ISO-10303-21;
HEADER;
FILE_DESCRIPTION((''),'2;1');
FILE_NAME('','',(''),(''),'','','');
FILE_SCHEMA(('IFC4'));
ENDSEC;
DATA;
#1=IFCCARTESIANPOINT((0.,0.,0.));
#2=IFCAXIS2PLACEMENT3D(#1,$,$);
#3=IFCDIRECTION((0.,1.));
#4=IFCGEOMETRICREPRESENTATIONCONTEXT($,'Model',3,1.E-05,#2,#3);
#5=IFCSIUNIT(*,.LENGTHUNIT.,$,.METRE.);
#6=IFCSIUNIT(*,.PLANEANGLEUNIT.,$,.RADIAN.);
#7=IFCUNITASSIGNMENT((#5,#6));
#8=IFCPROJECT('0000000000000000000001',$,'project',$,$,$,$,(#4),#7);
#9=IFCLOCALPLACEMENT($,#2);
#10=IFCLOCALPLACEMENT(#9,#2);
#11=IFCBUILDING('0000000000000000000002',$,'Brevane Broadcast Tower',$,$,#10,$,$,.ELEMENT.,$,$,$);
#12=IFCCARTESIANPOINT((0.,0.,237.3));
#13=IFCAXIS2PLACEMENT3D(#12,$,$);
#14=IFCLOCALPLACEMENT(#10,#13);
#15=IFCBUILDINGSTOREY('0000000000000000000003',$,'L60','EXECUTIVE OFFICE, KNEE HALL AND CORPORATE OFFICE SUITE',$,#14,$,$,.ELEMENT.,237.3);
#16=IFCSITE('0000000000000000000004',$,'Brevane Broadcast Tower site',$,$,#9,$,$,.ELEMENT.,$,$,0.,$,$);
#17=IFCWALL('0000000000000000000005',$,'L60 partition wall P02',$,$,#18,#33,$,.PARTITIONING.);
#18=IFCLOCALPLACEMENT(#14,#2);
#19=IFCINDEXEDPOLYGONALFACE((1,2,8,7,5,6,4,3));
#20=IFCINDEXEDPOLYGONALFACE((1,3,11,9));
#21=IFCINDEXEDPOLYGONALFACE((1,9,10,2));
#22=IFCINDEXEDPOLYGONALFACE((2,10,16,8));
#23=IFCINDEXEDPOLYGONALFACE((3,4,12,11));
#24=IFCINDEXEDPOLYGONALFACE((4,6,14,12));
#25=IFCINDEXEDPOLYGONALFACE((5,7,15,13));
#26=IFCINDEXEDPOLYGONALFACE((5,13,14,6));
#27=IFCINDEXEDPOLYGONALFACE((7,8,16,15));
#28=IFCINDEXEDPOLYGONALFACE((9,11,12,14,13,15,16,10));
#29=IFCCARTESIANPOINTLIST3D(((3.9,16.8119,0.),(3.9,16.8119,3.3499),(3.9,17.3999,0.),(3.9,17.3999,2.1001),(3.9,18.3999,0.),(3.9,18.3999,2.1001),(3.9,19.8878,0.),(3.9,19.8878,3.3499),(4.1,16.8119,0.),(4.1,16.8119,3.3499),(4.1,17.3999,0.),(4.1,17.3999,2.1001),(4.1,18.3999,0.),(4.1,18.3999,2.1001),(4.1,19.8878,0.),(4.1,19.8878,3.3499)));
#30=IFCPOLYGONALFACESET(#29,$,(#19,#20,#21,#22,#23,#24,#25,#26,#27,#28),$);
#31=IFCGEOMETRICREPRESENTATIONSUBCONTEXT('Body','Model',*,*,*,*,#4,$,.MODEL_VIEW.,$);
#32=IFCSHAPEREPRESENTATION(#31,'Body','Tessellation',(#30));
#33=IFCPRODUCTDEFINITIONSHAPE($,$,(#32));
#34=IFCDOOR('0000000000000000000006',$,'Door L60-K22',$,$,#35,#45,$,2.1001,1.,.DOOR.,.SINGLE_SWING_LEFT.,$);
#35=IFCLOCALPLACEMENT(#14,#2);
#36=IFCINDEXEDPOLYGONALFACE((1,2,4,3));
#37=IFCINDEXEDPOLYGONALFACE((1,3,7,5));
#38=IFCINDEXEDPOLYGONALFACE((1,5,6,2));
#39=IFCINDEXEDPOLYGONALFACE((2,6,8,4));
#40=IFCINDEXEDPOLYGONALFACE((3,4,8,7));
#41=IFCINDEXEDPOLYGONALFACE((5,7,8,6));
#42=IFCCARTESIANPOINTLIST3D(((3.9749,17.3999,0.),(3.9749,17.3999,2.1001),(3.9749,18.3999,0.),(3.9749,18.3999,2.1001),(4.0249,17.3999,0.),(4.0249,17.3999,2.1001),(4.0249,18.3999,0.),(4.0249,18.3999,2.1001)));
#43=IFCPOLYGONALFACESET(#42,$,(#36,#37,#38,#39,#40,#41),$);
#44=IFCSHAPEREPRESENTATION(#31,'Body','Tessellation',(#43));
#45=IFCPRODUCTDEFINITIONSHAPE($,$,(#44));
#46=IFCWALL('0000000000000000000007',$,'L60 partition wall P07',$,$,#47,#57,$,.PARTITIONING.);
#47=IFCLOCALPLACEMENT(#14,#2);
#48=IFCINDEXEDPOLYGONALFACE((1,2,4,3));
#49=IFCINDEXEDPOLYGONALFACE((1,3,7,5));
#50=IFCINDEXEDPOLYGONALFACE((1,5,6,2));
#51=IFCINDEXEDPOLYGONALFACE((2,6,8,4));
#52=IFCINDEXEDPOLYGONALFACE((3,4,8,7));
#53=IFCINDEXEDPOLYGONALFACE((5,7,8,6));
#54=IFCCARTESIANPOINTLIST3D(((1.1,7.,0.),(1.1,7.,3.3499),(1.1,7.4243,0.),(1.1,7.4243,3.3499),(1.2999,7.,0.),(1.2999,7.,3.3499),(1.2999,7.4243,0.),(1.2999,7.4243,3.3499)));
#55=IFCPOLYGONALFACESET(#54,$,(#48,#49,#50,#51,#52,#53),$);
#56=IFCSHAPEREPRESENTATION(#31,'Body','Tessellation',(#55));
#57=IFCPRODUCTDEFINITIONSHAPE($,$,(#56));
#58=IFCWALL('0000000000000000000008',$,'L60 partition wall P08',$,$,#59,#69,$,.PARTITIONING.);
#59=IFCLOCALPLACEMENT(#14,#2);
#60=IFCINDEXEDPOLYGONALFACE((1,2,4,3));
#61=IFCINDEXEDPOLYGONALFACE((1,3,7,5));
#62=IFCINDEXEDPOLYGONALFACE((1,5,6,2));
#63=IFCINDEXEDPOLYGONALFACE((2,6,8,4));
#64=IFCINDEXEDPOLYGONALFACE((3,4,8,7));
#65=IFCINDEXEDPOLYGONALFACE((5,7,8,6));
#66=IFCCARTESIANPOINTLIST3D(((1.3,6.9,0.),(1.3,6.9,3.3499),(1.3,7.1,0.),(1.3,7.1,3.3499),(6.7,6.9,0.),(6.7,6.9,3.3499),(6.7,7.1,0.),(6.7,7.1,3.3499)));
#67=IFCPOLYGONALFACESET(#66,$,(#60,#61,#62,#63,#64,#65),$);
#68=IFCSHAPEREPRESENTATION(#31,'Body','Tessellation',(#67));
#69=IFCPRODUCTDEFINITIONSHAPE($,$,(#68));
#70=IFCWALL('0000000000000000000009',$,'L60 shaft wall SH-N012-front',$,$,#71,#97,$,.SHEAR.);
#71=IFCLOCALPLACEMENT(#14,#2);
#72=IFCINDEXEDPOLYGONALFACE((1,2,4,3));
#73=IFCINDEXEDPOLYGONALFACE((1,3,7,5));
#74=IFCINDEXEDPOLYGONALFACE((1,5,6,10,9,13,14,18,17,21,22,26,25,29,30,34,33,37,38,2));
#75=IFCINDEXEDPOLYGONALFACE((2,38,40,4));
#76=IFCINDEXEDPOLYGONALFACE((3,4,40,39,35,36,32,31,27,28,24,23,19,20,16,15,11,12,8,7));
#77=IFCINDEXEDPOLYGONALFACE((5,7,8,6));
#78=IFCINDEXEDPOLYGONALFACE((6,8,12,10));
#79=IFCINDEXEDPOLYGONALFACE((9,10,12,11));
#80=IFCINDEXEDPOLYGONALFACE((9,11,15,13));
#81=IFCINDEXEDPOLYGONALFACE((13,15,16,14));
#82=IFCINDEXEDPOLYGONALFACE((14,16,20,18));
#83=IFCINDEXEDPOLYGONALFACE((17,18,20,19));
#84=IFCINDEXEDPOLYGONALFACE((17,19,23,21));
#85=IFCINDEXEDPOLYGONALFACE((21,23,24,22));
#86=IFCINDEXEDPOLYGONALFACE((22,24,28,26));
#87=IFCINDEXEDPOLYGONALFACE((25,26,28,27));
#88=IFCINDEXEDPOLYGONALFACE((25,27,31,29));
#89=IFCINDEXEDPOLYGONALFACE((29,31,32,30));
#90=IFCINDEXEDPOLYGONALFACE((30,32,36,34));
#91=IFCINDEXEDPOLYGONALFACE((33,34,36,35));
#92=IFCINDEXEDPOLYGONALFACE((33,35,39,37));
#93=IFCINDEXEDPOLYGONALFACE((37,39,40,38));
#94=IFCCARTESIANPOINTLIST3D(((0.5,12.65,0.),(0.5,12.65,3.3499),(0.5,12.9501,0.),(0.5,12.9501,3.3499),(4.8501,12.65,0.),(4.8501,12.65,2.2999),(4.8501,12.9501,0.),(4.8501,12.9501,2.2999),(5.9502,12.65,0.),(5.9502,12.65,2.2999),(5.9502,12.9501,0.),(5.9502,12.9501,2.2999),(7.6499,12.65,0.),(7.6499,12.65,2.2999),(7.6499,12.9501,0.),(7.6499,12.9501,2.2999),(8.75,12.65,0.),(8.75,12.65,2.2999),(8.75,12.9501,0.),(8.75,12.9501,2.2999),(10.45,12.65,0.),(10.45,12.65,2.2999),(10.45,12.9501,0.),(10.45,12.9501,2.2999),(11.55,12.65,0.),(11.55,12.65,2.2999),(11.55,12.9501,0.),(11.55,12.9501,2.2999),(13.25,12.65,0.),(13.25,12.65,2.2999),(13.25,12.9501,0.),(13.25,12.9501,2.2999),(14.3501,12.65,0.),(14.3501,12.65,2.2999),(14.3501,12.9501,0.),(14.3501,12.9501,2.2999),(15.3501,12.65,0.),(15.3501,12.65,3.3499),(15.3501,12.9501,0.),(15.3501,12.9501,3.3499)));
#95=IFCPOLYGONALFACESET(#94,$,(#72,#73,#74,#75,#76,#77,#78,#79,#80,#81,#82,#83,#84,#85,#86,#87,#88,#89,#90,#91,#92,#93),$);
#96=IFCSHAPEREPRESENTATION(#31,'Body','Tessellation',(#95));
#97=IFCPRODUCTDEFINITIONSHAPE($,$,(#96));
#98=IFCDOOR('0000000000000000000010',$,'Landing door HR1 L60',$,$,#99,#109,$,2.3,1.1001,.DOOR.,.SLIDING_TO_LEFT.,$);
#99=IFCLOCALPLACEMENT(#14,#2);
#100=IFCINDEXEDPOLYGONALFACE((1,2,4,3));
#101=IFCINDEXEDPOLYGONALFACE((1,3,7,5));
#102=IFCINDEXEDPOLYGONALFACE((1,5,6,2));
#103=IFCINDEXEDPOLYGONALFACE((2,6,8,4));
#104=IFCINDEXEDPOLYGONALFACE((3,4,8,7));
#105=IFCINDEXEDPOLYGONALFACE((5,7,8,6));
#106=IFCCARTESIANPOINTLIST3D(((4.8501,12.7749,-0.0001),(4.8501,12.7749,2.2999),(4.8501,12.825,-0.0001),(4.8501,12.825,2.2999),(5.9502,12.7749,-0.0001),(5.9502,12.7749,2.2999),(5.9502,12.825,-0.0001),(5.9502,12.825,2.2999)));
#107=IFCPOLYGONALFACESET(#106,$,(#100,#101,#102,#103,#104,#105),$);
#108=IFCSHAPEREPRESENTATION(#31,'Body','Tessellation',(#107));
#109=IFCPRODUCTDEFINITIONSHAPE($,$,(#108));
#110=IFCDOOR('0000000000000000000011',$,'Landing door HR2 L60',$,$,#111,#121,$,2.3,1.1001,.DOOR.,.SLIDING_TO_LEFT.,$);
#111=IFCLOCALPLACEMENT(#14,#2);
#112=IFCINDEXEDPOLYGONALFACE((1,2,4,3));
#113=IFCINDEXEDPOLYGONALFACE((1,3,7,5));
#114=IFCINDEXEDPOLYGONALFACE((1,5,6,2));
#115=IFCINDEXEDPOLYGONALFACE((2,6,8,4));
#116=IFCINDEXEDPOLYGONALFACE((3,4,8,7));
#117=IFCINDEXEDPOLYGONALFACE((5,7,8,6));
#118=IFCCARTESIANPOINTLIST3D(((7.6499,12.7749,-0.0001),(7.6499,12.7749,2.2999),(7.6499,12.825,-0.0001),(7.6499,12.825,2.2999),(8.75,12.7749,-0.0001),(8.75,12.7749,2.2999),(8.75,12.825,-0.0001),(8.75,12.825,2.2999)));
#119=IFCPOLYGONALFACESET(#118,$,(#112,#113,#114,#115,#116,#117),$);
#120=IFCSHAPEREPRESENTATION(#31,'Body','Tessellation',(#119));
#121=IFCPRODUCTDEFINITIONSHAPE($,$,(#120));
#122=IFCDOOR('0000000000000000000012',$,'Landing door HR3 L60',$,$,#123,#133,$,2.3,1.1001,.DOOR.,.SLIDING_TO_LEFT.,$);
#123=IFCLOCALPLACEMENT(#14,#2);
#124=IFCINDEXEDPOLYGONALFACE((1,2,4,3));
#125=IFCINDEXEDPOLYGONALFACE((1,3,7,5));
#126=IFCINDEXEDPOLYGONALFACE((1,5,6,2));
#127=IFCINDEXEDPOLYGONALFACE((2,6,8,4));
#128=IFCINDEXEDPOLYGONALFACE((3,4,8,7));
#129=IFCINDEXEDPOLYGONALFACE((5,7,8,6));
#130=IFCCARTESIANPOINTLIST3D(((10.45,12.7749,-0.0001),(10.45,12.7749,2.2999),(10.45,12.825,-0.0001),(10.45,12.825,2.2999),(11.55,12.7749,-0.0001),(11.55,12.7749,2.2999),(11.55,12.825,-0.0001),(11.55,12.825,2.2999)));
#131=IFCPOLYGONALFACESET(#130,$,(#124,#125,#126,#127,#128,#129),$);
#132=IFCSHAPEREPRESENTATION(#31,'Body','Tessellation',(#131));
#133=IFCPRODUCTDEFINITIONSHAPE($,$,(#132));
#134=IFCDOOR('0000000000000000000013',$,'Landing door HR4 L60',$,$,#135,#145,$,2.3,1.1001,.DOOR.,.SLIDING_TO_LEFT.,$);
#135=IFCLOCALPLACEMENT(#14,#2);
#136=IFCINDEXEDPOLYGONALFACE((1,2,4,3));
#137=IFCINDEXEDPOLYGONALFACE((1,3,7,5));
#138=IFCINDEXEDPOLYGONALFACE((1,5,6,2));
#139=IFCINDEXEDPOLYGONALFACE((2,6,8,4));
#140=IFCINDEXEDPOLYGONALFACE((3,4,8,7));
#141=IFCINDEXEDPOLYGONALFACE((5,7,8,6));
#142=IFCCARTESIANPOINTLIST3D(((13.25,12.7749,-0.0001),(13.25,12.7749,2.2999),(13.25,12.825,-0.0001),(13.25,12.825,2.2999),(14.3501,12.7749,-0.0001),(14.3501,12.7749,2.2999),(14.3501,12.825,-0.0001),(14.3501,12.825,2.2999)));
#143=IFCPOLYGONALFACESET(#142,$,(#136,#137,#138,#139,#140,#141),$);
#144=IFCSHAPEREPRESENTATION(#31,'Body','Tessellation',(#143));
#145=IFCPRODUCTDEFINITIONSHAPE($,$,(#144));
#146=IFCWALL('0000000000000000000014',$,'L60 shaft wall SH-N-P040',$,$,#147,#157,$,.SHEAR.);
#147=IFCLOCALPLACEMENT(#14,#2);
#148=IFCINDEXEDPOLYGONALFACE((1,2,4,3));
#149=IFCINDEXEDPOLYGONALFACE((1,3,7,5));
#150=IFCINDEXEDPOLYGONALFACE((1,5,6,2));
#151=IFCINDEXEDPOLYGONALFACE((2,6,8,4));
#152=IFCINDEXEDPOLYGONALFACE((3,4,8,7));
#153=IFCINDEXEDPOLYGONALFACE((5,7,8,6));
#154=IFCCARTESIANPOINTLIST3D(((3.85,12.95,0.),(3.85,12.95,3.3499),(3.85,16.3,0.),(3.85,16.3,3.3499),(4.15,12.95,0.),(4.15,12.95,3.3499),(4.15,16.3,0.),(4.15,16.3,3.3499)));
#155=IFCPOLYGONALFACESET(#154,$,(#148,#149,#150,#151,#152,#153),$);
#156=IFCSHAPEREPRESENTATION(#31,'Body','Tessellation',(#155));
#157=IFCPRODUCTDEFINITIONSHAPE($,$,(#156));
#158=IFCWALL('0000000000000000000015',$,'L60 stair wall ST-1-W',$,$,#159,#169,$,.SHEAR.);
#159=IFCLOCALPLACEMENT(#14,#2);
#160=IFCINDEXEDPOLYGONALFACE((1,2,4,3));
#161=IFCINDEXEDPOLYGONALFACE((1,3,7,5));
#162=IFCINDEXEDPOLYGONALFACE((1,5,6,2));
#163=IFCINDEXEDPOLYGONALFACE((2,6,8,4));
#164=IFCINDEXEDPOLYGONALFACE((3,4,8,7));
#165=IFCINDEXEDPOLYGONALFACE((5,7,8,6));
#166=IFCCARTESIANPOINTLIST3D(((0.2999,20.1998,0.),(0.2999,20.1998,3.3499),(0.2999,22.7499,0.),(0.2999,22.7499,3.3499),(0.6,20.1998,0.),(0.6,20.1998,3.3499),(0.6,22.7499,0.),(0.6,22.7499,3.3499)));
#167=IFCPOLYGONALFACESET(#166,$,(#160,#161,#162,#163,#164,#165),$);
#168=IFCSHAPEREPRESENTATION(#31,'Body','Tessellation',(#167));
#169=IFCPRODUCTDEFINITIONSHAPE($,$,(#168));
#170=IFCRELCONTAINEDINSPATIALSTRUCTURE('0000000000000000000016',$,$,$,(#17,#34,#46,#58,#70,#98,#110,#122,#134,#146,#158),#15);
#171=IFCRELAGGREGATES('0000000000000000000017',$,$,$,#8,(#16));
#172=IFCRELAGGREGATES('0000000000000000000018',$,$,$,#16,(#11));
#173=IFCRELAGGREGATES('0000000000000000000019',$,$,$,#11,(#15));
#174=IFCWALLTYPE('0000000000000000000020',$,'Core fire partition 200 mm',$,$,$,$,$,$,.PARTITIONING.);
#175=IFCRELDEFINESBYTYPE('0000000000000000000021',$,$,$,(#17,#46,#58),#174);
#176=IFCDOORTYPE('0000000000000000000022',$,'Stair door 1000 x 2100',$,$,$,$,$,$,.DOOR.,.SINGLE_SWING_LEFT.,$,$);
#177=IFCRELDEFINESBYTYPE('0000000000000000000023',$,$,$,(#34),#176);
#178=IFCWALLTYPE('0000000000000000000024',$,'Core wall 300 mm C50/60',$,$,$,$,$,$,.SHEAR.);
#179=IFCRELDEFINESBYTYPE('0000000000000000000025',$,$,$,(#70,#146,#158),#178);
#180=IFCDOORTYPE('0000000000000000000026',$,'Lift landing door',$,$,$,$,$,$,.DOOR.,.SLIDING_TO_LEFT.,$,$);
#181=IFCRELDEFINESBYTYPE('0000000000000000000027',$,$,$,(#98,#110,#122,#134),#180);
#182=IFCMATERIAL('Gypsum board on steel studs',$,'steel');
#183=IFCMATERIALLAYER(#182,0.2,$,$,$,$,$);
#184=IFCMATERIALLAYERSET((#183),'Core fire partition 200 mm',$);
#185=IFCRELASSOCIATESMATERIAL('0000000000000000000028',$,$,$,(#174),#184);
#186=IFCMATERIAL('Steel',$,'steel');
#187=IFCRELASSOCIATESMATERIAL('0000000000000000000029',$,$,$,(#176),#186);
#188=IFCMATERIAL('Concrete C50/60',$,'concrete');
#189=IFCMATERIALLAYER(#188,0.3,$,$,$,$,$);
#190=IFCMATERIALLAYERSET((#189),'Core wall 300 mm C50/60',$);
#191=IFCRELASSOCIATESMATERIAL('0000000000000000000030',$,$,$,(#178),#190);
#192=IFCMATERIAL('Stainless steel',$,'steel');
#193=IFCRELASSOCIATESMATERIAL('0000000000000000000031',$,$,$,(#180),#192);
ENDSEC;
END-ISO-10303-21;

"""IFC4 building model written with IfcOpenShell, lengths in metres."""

from ifc_helpers import new_model, si_unit, direction, frame, frame_2d, origin, place, context, subcontext, project, spatial, rectangle, extrude, material, layer, layer_set, type_object, element, fill, save


model = new_model("IFC4")

# Units and contexts
model_context = context("Model", 3, precision=1e-05, world=origin(), true_north=direction((0.0, 1.0)))
body_context = subcontext(model_context, "Body", "Model", "MODEL_VIEW")
ifc_project = project(units=[si_unit("LENGTHUNIT", "METRE"), si_unit("PLANEANGLEUNIT", "RADIAN")], contexts=[model_context])

# Site, building, storey
site_placement = place(None, origin())
site = spatial("IfcSite", under=ifc_project, at=site_placement, Name="Brevane Broadcast Tower site", CompositionType="ELEMENT", RefElevation=0.0)
building_placement = place(site_placement, origin())
building = spatial("IfcBuilding", under=site, at=building_placement, Name="Brevane Broadcast Tower", CompositionType="ELEMENT")
storey_placement = place(building_placement, frame((0.0, 0.0, 237.3)))
storey = spatial("IfcBuildingStorey", under=building, at=storey_placement, Name="L60", Description="EXECUTIVE OFFICE, KNEE HALL AND CORPORATE OFFICE SUITE", CompositionType="ELEMENT", Elevation=237.3)

# Shared definitions
ifc_material_1 = material(Name="Gypsum board on steel studs", Category="steel")
ifc_layer_1 = layer(ifc_material_1, 0.2)
ifc_layer_set_1 = layer_set([ifc_layer_1], Name="Core fire partition 200 mm")
wall_type_1 = type_object("IfcWallType", Name="Core fire partition 200 mm", PredefinedType="PARTITIONING", material=ifc_layer_set_1)

# Wall, opening, door
wall_1_placement = place(storey_placement, frame((4.0, 19.8879, 0.0), z_axis=(0.0, 0.0, 1.0), x_axis=(0.0, -1.0, 0.0)))
wall_1 = element("IfcWall", 1, at=wall_1_placement, inside=storey, type_object=wall_type_1, Name="L60 partition wall P02", PredefinedType="PARTITIONING", context=body_context, shape_type="SweptSolid", body=[
    extrude(rectangle(XDim=3.0759, YDim=0.2, at=frame_2d((1.5381, 0.0))), origin(), (0.0, 0.0, 1.0), 3.3499),
])
opening_1_placement = place(wall_1_placement, frame((1.488, 0.0, 0.0)))
opening_1 = element("IfcOpeningElement", 2, at=opening_1_placement, cuts=wall_1, PredefinedType="OPENING", context=body_context, shape_type="SweptSolid", body=[
    extrude(rectangle(XDim=1.0, YDim=2.1001, at=frame_2d((0.5, 1.05))), frame((0.0, 0.1099, 0.0), z_axis=(0.0, -1.0, 0.0), x_axis=(1.0, 0.0, 0.0)), (0.0, 0.0, 1.0), 0.22),
])
ifc_material_2 = material(Name="Steel", Category="steel")
door_type_1 = type_object("IfcDoorType", Name="Stair door 1000 x 2100", OperationType="SINGLE_SWING_LEFT", PredefinedType="DOOR", material=ifc_material_2)
door_1_placement = place(opening_1_placement, origin())
door_1 = element("IfcDoor", 3, at=door_1_placement, inside=storey, type_object=door_type_1, Name="Door L60-K22", OperationType="SINGLE_SWING_LEFT", OverallHeight=2.1001, OverallWidth=1.0, PredefinedType="DOOR", context=body_context, shape_type="SweptSolid", body=[
    extrude(rectangle(XDim=1.0, YDim=2.1001, at=frame_2d((0.5, 1.05))), frame((0.0, 0.0249, 0.0), z_axis=(0.0, -1.0, 0.0), x_axis=(1.0, 0.0, 0.0)), (0.0, 0.0, 1.0), 0.05),
])
fill(opening_1, door_1)

# Walls
wall_2_placement = place(storey_placement, frame((1.2, 7.4243, 0.0), z_axis=(0.0, 0.0, 1.0), x_axis=(0.0, -1.0, 0.0)))
element("IfcWall", 4, at=wall_2_placement, inside=storey, type_object=wall_type_1, Name="L60 partition wall P07", PredefinedType="PARTITIONING", context=body_context, shape_type="SweptSolid", body=[
    extrude(rectangle(XDim=0.4243, YDim=0.2, at=frame_2d((0.2122, 0.0))), origin(), (0.0, 0.0, 1.0), 3.3499),
])
wall_3_placement = place(storey_placement, frame((1.3, 7.0, 0.0), z_axis=(0.0, 0.0, 1.0), x_axis=(1.0, 0.0, 0.0)))
element("IfcWall", 5, at=wall_3_placement, inside=storey, type_object=wall_type_1, Name="L60 partition wall P08", PredefinedType="PARTITIONING", context=body_context, shape_type="SweptSolid", body=[
    extrude(rectangle(XDim=5.3999, YDim=0.2, at=frame_2d((2.7, 0.0))), origin(), (0.0, 0.0, 1.0), 3.3499),
])

# Wall, openings, doors
ifc_material_3 = material(Name="Concrete C50/60", Category="concrete")
ifc_layer_2 = layer(ifc_material_3, 0.3)
ifc_layer_set_2 = layer_set([ifc_layer_2], Name="Core wall 300 mm C50/60")
wall_type_2 = type_object("IfcWallType", Name="Core wall 300 mm C50/60", PredefinedType="SHEAR", material=ifc_layer_set_2)
wall_4_placement = place(storey_placement, frame((0.5, 12.8, 0.0), z_axis=(0.0, 0.0, 1.0), x_axis=(1.0, 0.0, 0.0)))
wall_4 = element("IfcWall", 6, at=wall_4_placement, inside=storey, type_object=wall_type_2, Name="L60 shaft wall SH-N012-front", PredefinedType="SHEAR", context=body_context, shape_type="SweptSolid", body=[
    extrude(rectangle(XDim=14.8501, YDim=0.3, at=frame_2d((7.425, 0.0))), origin(), (0.0, 0.0, 1.0), 3.3499),
])
opening_2_placement = place(wall_4_placement, frame((4.3501, 0.0, 0.0)))
opening_2 = element("IfcOpeningElement", 7, at=opening_2_placement, cuts=wall_4, PredefinedType="OPENING", context=body_context, shape_type="SweptSolid", body=[
    extrude(rectangle(XDim=1.1001, YDim=2.3, at=frame_2d((0.55, 1.1499))), frame((0.0, 0.1599, 0.0), z_axis=(0.0, -1.0, 0.0), x_axis=(1.0, 0.0, 0.0)), (0.0, 0.0, 1.0), 0.3201),
])
opening_3_placement = place(wall_4_placement, frame((7.1499, 0.0, 0.0)))
opening_3 = element("IfcOpeningElement", 8, at=opening_3_placement, cuts=wall_4, PredefinedType="OPENING", context=body_context, shape_type="SweptSolid", body=[
    extrude(rectangle(XDim=1.1001, YDim=2.3, at=frame_2d((0.55, 1.1499))), frame((0.0, 0.1599, 0.0), z_axis=(0.0, -1.0, 0.0), x_axis=(1.0, 0.0, 0.0)), (0.0, 0.0, 1.0), 0.3201),
])
opening_4_placement = place(wall_4_placement, frame((9.95, 0.0, 0.0)))
opening_4 = element("IfcOpeningElement", 9, at=opening_4_placement, cuts=wall_4, PredefinedType="OPENING", context=body_context, shape_type="SweptSolid", body=[
    extrude(rectangle(XDim=1.1001, YDim=2.3, at=frame_2d((0.55, 1.1499))), frame((0.0, 0.1599, 0.0), z_axis=(0.0, -1.0, 0.0), x_axis=(1.0, 0.0, 0.0)), (0.0, 0.0, 1.0), 0.3201),
])
opening_5_placement = place(wall_4_placement, frame((12.75, 0.0, 0.0)))
opening_5 = element("IfcOpeningElement", 10, at=opening_5_placement, cuts=wall_4, PredefinedType="OPENING", context=body_context, shape_type="SweptSolid", body=[
    extrude(rectangle(XDim=1.1001, YDim=2.3, at=frame_2d((0.55, 1.1499))), frame((0.0, 0.1599, 0.0), z_axis=(0.0, -1.0, 0.0), x_axis=(1.0, 0.0, 0.0)), (0.0, 0.0, 1.0), 0.3201),
])
ifc_material_4 = material(Name="Stainless steel", Category="steel")
door_type_2 = type_object("IfcDoorType", Name="Lift landing door", OperationType="SLIDING_TO_LEFT", PredefinedType="DOOR", material=ifc_material_4)
door_2_placement = place(opening_2_placement, origin())
door_2 = element("IfcDoor", 11, at=door_2_placement, inside=storey, type_object=door_type_2, Name="Landing door HR1 L60", OperationType="SLIDING_TO_LEFT", OverallHeight=2.3, OverallWidth=1.1001, PredefinedType="DOOR", context=body_context, shape_type="SweptSolid", body=[
    extrude(rectangle(XDim=1.1001, YDim=2.3, at=frame_2d((0.55, 1.1499))), frame((0.0, 0.0249, 0.0), z_axis=(0.0, -1.0, 0.0), x_axis=(1.0, 0.0, 0.0)), (0.0, 0.0, 1.0), 0.05),
])
fill(opening_2, door_2)
door_3_placement = place(opening_3_placement, origin())
door_3 = element("IfcDoor", 12, at=door_3_placement, inside=storey, type_object=door_type_2, Name="Landing door HR2 L60", OperationType="SLIDING_TO_LEFT", OverallHeight=2.3, OverallWidth=1.1001, PredefinedType="DOOR", context=body_context, shape_type="SweptSolid", body=[
    extrude(rectangle(XDim=1.1001, YDim=2.3, at=frame_2d((0.55, 1.1499))), frame((0.0, 0.0249, 0.0), z_axis=(0.0, -1.0, 0.0), x_axis=(1.0, 0.0, 0.0)), (0.0, 0.0, 1.0), 0.05),
])
fill(opening_3, door_3)
door_4_placement = place(opening_4_placement, origin())
door_4 = element("IfcDoor", 13, at=door_4_placement, inside=storey, type_object=door_type_2, Name="Landing door HR3 L60", OperationType="SLIDING_TO_LEFT", OverallHeight=2.3, OverallWidth=1.1001, PredefinedType="DOOR", context=body_context, shape_type="SweptSolid", body=[
    extrude(rectangle(XDim=1.1001, YDim=2.3, at=frame_2d((0.55, 1.1499))), frame((0.0, 0.0249, 0.0), z_axis=(0.0, -1.0, 0.0), x_axis=(1.0, 0.0, 0.0)), (0.0, 0.0, 1.0), 0.05),
])
fill(opening_4, door_4)
door_5_placement = place(opening_5_placement, origin())
door_5 = element("IfcDoor", 14, at=door_5_placement, inside=storey, type_object=door_type_2, Name="Landing door HR4 L60", OperationType="SLIDING_TO_LEFT", OverallHeight=2.3, OverallWidth=1.1001, PredefinedType="DOOR", context=body_context, shape_type="SweptSolid", body=[
    extrude(rectangle(XDim=1.1001, YDim=2.3, at=frame_2d((0.55, 1.1499))), frame((0.0, 0.0249, 0.0), z_axis=(0.0, -1.0, 0.0), x_axis=(1.0, 0.0, 0.0)), (0.0, 0.0, 1.0), 0.05),
])
fill(opening_5, door_5)

# Walls
wall_5_placement = place(storey_placement, frame((4.0, 12.95, 0.0), z_axis=(0.0, 0.0, 1.0), x_axis=(0.0, 1.0, 0.0)))
element("IfcWall", 15, at=wall_5_placement, inside=storey, type_object=wall_type_2, Name="L60 shaft wall SH-N-P040", PredefinedType="SHEAR", context=body_context, shape_type="SweptSolid", body=[
    extrude(rectangle(XDim=3.3501, YDim=0.3, at=frame_2d((1.675, 0.0))), origin(), (0.0, 0.0, 1.0), 3.3499),
])
wall_6_placement = place(storey_placement, frame((0.45, 20.2, 0.0), z_axis=(0.0, 0.0, 1.0), x_axis=(0.0, 1.0, 0.0)))
element("IfcWall", 16, at=wall_6_placement, inside=storey, type_object=wall_type_2, Name="L60 stair wall ST-1-W", PredefinedType="SHEAR", context=body_context, shape_type="SweptSolid", body=[
    extrude(rectangle(XDim=2.55, YDim=0.3, at=frame_2d((1.2749, 0.0))), origin(), (0.0, 0.0, 1.0), 3.3499),
])

save(model, "model.ifc")
